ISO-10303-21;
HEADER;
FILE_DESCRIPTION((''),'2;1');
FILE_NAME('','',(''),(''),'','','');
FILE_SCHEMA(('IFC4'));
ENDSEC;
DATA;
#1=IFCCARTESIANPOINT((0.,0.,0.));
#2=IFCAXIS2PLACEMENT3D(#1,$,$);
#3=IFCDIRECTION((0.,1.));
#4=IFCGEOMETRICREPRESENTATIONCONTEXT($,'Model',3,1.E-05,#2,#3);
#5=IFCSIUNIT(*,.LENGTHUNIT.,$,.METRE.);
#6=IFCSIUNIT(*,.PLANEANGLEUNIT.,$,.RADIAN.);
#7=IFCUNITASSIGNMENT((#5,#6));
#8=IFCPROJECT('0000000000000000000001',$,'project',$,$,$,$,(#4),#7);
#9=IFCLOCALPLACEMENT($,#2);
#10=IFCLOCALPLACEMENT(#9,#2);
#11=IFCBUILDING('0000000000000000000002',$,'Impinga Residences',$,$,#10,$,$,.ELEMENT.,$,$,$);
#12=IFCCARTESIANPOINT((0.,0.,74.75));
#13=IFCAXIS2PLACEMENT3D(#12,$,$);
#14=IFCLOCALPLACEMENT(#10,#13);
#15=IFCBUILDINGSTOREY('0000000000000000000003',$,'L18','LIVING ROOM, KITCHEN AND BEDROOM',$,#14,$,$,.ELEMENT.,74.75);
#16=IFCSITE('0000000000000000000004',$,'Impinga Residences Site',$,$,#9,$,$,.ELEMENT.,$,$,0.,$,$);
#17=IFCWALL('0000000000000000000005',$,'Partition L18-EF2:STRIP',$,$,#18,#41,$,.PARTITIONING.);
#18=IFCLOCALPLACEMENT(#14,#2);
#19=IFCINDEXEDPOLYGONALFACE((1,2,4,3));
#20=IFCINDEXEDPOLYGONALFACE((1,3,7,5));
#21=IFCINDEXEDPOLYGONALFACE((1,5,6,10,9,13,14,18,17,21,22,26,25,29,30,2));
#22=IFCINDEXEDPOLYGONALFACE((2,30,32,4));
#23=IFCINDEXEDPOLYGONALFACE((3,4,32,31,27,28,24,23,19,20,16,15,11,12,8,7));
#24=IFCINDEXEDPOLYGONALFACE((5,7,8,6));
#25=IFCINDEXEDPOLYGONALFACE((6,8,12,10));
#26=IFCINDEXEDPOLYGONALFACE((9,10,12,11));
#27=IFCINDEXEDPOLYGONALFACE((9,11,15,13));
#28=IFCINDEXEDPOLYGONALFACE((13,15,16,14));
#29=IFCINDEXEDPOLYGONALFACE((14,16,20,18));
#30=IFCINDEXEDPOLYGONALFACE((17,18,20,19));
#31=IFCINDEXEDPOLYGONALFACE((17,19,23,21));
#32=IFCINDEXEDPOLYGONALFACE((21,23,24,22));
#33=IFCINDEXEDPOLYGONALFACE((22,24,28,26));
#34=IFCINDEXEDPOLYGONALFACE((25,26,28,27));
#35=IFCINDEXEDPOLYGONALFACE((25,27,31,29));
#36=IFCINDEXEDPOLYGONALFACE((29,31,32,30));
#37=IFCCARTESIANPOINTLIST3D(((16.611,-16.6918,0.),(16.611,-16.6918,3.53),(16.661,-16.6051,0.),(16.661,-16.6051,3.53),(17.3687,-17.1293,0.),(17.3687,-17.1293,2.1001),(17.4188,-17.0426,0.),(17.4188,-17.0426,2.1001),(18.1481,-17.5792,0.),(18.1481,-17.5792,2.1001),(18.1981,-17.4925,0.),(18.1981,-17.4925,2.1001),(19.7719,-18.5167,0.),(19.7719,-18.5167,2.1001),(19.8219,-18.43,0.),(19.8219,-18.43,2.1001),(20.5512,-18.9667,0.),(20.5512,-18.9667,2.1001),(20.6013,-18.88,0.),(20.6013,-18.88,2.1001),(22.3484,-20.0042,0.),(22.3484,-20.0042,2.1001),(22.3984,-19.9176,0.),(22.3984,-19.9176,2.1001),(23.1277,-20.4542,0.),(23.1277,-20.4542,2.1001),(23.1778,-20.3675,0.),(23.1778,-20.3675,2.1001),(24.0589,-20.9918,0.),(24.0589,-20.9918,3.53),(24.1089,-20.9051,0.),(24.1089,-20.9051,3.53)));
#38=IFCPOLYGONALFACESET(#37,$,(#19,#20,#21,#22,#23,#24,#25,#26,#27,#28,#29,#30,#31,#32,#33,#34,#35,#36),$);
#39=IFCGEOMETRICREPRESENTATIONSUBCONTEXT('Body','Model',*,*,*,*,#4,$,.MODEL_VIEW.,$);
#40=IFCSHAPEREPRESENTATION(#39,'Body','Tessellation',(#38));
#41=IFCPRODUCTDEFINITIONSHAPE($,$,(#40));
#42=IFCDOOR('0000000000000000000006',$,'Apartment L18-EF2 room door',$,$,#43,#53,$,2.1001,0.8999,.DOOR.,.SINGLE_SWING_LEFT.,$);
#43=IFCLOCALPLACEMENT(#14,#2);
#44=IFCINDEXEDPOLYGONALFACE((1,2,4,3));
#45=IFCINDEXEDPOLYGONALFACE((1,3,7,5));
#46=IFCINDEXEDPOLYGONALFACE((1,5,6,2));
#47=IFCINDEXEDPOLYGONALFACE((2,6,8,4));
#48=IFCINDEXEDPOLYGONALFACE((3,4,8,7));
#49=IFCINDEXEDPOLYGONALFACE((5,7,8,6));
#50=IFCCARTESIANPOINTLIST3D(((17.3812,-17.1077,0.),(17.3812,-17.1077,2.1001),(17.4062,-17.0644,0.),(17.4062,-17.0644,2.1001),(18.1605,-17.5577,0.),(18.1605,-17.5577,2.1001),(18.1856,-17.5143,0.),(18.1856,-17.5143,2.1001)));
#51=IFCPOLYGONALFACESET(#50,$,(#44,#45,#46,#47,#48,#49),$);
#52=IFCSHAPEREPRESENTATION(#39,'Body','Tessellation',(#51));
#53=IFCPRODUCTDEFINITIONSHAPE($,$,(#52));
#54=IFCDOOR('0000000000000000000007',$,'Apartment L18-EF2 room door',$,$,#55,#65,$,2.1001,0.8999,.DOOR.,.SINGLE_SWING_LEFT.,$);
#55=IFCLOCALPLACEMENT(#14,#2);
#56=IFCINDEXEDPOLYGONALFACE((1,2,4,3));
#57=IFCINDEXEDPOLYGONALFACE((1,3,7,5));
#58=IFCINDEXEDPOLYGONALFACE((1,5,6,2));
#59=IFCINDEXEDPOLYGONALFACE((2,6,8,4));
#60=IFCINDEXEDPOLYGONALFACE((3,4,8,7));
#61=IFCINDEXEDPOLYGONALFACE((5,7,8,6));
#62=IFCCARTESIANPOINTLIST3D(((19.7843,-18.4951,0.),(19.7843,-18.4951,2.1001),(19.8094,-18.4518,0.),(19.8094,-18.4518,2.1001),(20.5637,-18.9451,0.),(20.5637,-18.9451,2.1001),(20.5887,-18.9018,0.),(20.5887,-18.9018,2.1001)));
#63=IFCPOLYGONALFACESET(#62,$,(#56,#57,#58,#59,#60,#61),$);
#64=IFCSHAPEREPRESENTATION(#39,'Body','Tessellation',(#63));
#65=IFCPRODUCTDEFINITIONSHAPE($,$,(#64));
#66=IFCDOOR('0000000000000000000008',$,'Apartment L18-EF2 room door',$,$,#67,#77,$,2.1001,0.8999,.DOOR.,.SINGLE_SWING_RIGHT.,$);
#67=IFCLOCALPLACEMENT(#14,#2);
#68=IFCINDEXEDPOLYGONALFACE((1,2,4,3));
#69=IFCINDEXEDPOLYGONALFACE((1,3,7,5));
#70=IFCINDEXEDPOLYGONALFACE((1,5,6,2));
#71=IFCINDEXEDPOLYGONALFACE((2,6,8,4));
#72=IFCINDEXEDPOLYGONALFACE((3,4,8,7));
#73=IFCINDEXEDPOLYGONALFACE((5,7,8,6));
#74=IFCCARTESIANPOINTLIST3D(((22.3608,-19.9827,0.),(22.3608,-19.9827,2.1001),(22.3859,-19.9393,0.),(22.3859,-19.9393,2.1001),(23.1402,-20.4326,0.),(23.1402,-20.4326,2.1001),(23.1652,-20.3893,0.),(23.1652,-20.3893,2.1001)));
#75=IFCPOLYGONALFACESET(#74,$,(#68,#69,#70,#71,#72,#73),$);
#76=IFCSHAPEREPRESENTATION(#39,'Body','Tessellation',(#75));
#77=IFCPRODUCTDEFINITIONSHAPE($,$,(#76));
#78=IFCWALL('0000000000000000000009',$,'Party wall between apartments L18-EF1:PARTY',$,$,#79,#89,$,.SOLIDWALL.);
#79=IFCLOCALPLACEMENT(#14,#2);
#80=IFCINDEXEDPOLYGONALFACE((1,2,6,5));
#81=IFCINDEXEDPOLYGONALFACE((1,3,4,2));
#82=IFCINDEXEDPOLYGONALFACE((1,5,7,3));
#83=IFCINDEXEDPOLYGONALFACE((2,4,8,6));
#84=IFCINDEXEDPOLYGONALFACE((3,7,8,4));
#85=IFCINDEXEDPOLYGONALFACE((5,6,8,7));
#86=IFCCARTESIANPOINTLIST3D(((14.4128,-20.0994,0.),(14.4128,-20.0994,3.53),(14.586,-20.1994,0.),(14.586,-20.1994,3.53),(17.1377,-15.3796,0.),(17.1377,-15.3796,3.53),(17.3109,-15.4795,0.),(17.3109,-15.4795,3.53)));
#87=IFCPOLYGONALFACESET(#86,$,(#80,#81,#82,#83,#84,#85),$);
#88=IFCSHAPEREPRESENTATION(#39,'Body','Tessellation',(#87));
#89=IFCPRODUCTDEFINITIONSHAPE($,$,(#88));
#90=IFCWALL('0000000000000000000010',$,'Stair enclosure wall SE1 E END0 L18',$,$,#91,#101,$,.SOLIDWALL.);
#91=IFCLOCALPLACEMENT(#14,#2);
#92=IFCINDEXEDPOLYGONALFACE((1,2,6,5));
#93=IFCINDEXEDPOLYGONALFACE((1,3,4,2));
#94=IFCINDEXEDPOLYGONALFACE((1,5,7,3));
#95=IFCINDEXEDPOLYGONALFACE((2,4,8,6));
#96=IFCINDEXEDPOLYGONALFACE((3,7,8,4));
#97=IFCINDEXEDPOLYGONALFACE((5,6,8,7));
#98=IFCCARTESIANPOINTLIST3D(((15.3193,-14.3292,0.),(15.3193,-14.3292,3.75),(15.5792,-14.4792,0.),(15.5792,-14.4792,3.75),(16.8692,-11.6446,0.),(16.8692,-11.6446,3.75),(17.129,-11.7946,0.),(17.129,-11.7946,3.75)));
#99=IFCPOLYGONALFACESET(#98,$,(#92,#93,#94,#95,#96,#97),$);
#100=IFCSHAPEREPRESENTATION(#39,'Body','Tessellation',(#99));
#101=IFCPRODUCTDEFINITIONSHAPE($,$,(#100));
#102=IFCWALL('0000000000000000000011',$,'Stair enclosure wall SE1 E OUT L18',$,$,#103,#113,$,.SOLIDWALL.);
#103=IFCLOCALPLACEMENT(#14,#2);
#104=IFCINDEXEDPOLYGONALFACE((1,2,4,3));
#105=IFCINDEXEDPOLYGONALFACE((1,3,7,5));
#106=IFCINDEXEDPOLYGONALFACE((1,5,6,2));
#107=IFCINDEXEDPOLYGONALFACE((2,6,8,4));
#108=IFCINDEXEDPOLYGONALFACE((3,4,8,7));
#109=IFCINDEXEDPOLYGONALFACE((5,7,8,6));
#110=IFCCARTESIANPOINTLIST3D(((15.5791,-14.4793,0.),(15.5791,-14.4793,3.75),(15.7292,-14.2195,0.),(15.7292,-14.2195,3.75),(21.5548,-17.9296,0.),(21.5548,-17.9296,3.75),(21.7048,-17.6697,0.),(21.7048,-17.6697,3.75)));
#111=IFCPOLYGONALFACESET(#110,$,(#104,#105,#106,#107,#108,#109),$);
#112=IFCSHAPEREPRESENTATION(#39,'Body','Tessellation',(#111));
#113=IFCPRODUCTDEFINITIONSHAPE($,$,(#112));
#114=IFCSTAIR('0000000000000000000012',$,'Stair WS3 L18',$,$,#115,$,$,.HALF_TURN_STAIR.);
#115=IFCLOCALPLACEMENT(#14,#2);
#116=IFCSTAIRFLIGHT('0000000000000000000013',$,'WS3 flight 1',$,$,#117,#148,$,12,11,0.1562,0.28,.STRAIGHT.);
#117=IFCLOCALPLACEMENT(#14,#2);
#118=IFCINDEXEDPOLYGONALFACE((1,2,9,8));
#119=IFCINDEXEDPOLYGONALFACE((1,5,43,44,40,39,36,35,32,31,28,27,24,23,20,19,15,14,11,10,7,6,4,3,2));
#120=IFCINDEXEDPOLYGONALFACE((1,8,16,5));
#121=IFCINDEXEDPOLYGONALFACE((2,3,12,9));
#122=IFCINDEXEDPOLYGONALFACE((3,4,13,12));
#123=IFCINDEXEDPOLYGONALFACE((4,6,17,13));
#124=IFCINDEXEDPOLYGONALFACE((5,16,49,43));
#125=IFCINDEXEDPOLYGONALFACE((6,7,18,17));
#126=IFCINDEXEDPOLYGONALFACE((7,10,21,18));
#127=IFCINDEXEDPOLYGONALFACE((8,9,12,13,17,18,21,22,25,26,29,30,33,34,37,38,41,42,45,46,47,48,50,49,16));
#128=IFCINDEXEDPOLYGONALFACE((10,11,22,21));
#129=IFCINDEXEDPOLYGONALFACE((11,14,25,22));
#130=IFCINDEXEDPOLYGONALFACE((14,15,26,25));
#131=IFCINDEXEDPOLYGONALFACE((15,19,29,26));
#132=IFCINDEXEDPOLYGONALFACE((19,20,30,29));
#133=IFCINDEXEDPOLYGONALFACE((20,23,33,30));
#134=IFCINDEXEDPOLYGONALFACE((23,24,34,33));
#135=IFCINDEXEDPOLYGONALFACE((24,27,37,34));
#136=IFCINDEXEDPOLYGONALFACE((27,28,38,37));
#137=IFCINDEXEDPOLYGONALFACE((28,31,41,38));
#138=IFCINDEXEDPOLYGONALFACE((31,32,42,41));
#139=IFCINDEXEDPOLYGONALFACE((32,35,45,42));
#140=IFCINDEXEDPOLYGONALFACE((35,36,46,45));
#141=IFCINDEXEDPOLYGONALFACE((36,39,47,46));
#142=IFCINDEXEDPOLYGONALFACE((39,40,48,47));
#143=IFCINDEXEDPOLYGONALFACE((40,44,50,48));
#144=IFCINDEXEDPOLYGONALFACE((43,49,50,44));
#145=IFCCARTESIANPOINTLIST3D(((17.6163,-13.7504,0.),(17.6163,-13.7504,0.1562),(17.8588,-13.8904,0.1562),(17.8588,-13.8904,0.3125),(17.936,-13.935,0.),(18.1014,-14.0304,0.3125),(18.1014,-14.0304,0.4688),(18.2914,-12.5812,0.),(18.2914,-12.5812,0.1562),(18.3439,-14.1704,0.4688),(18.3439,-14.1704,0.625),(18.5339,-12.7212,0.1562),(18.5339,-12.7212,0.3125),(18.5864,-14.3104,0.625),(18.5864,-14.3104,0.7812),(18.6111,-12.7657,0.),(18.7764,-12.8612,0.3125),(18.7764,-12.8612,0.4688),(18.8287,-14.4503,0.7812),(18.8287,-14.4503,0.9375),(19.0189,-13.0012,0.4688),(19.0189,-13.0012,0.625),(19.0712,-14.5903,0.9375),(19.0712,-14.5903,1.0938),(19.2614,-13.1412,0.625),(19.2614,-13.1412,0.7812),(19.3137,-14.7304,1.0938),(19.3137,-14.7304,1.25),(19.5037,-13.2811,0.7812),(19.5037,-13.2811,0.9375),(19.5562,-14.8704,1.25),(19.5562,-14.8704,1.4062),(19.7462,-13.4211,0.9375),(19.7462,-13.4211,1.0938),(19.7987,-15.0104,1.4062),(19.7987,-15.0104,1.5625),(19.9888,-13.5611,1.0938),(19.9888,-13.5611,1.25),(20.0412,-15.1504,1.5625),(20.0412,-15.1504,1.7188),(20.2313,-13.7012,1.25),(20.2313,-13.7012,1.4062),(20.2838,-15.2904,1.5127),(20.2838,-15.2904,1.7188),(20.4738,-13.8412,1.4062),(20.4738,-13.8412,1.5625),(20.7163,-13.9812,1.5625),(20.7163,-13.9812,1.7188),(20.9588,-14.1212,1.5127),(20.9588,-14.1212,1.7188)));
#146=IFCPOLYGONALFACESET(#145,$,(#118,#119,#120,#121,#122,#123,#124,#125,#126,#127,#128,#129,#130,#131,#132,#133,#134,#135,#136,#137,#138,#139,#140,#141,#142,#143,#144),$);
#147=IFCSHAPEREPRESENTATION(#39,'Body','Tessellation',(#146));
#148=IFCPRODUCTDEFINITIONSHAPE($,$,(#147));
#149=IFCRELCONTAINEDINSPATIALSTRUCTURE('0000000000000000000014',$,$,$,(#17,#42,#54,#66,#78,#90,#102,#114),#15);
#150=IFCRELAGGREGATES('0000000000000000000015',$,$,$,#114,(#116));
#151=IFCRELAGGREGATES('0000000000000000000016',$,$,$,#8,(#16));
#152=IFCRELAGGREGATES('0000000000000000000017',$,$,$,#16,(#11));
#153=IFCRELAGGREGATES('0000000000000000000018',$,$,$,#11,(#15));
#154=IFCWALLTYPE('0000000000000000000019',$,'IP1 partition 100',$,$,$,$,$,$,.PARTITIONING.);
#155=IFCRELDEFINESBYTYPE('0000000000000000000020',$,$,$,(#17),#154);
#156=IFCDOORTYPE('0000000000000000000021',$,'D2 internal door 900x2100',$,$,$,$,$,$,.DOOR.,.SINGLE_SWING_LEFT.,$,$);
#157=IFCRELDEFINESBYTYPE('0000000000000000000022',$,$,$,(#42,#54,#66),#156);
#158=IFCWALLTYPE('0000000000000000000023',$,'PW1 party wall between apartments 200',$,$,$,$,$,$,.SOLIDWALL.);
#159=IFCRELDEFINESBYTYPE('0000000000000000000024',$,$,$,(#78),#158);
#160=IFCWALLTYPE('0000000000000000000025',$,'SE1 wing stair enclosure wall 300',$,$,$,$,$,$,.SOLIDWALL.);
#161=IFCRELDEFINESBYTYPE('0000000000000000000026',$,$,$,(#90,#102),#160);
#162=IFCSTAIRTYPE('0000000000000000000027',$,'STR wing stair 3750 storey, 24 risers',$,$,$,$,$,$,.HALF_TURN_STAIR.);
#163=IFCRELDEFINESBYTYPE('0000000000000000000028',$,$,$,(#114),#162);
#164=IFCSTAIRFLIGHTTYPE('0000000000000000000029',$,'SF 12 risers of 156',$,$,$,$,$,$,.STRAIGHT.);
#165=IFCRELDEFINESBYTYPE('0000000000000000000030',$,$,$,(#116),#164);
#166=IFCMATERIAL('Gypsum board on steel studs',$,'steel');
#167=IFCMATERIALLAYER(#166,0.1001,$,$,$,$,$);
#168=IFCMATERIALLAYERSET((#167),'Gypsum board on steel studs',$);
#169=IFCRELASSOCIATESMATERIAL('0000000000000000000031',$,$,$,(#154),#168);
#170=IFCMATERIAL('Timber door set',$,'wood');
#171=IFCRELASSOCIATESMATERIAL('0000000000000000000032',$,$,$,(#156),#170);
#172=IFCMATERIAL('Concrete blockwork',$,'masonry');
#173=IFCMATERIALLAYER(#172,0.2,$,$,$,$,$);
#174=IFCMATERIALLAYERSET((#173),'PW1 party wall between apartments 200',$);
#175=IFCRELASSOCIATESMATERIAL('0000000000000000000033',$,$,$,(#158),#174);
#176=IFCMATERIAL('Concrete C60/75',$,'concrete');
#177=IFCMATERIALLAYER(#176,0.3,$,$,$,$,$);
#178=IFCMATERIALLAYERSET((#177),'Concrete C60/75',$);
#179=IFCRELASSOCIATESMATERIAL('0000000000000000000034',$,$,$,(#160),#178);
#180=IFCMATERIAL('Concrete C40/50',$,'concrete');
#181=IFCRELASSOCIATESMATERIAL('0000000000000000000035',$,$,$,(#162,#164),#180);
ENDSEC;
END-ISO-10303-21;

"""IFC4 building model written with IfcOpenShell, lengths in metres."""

from ifc_helpers import new_model, si_unit, direction, frame, frame_2d, origin, place, context, subcontext, project, spatial, polyline, rectangle, outline, extrude, material, layer, layer_set, type_object, element, fill, aggregate, save


model = new_model("IFC4")

# Units and contexts
model_context = context("Model", 3, precision=1e-05, world=origin(), true_north=direction((0.0, 1.0)))
body_context = subcontext(model_context, "Body", "Model", "MODEL_VIEW")
ifc_project = project(units=[si_unit("LENGTHUNIT", "METRE"), si_unit("PLANEANGLEUNIT", "RADIAN")], contexts=[model_context])

# Site, building, storey
site_placement = place(None, origin())
site = spatial("IfcSite", under=ifc_project, at=site_placement, Name="Impinga Residences Site", CompositionType="ELEMENT", RefElevation=0.0)
building_placement = place(site_placement, origin())
building = spatial("IfcBuilding", under=site, at=building_placement, Name="Impinga Residences", CompositionType="ELEMENT")
storey_placement = place(building_placement, frame((0.0, 0.0, 74.75)))
storey = spatial("IfcBuildingStorey", under=building, at=storey_placement, Name="L18", Description="LIVING ROOM, KITCHEN AND BEDROOM", CompositionType="ELEMENT", Elevation=74.75)

# Shared definitions
ifc_material_1 = material(Name="Concrete C60/75", Category="concrete")

# Shared definitions
ifc_material_2 = material(Name="Gypsum board on steel studs", Category="steel")
ifc_layer_1 = layer(ifc_material_2, 0.1001)
ifc_layer_set_1 = layer_set([ifc_layer_1], Name="Gypsum board on steel studs")
wall_type_1 = type_object("IfcWallType", Name="IP1 partition 100", PredefinedType="PARTITIONING", material=ifc_layer_set_1)

# Shared definitions
ifc_material_3 = material(Name="Timber door set", Category="wood")
door_type = type_object("IfcDoorType", Name="D2 internal door 900x2100", OperationType="SINGLE_SWING_LEFT", PredefinedType="DOOR", material=ifc_material_3)

# Wall, openings, doors
wall_1_placement = place(storey_placement, frame((16.636, -16.6484, 0.0), z_axis=(0.0, 0.0, 1.0), x_axis=(0.866028, -0.499995, 0.0)))
wall_1 = element("IfcWall", 1, at=wall_1_placement, inside=storey, type_object=wall_type_1, Name="Partition L18-EF2:STRIP", PredefinedType="PARTITIONING", context=body_context, shape_type="SweptSolid", body=[
    extrude(rectangle(XDim=8.6001, YDim=0.1001, at=frame_2d((4.3, 0.0))), origin(), (0.0, 0.0, 1.0), 3.53),
])
opening_1_placement = place(wall_1_placement, frame((0.875, 0.0, 0.0)))
opening_1 = element("IfcOpeningElement", 2, at=opening_1_placement, cuts=wall_1, PredefinedType="OPENING", context=body_context, shape_type="SweptSolid", body=[
    extrude(rectangle(XDim=0.8999, YDim=2.1001, at=frame_2d((0.45, 1.05))), frame((0.0, 0.0601, 0.0), z_axis=(0.0, -1.0, 0.0), x_axis=(1.0, 0.0, 0.0)), (0.0, 0.0, 1.0), 0.1201),
])
opening_2_placement = place(wall_1_placement, frame((3.6499, 0.0, 0.0)))
opening_2 = element("IfcOpeningElement", 3, at=opening_2_placement, cuts=wall_1, PredefinedType="OPENING", context=body_context, shape_type="SweptSolid", body=[
    extrude(rectangle(XDim=0.8999, YDim=2.1001, at=frame_2d((0.45, 1.05))), frame((0.0, 0.0601, 0.0), z_axis=(0.0, -1.0, 0.0), x_axis=(1.0, 0.0, 0.0)), (0.0, 0.0, 1.0), 0.1201),
])
opening_3_placement = place(wall_1_placement, frame((6.625, 0.0, 0.0)))
opening_3 = element("IfcOpeningElement", 4, at=opening_3_placement, cuts=wall_1, PredefinedType="OPENING", context=body_context, shape_type="SweptSolid", body=[
    extrude(rectangle(XDim=0.8999, YDim=2.1001, at=frame_2d((0.45, 1.05))), frame((0.0, 0.0601, 0.0), z_axis=(0.0, -1.0, 0.0), x_axis=(1.0, 0.0, 0.0)), (0.0, 0.0, 1.0), 0.1201),
])
door_1_placement = place(opening_1_placement, origin())
door_1 = element("IfcDoor", 5, at=door_1_placement, inside=storey, type_object=door_type, Name="Apartment L18-EF2 room door", OperationType="SINGLE_SWING_LEFT", OverallHeight=2.1001, OverallWidth=0.8999, PredefinedType="DOOR", context=body_context, shape_type="SweptSolid", body=[
    extrude(rectangle(XDim=0.8999, YDim=2.1001, at=frame_2d((0.45, 1.05))), frame((0.0, 0.0249, 0.0), z_axis=(0.0, -1.0, 0.0), x_axis=(1.0, 0.0, 0.0)), (0.0, 0.0, 1.0), 0.05),
])
fill(opening_1, door_1)
door_2_placement = place(opening_2_placement, origin())
door_2 = element("IfcDoor", 6, at=door_2_placement, inside=storey, type_object=door_type, Name="Apartment L18-EF2 room door", OperationType="SINGLE_SWING_LEFT", OverallHeight=2.1001, OverallWidth=0.8999, PredefinedType="DOOR", context=body_context, shape_type="SweptSolid", body=[
    extrude(rectangle(XDim=0.8999, YDim=2.1001, at=frame_2d((0.45, 1.05))), frame((0.0, 0.0249, 0.0), z_axis=(0.0, -1.0, 0.0), x_axis=(1.0, 0.0, 0.0)), (0.0, 0.0, 1.0), 0.05),
])
fill(opening_2, door_2)
door_3_placement = place(opening_3_placement, origin())
door_3 = element("IfcDoor", 7, at=door_3_placement, inside=storey, type_object=door_type, Name="Apartment L18-EF2 room door", OperationType="SINGLE_SWING_RIGHT", OverallHeight=2.1001, OverallWidth=0.8999, PredefinedType="DOOR", context=body_context, shape_type="SweptSolid", body=[
    extrude(rectangle(XDim=0.8999, YDim=2.1001, at=frame_2d((0.45, 1.05))), frame((0.0, 0.0249, 0.0), z_axis=(0.0, -1.0, 0.0), x_axis=(1.0, 0.0, 0.0)), (0.0, 0.0, 1.0), 0.05),
])
fill(opening_3, door_3)

# Walls
ifc_material_4 = material(Name="Concrete blockwork", Category="masonry")
ifc_layer_2 = layer(ifc_material_4, 0.2)
ifc_layer_set_2 = layer_set([ifc_layer_2], Name="PW1 party wall between apartments 200")
wall_type_2 = type_object("IfcWallType", Name="PW1 party wall between apartments 200", PredefinedType="SOLIDWALL", material=ifc_layer_set_2)
wall_2_placement = place(storey_placement, frame((17.2244, -15.4294, 0.0), z_axis=(0.0, 0.0, 1.0), x_axis=(-0.499989, -0.866032, 0.0)))
element("IfcWall", 8, at=wall_2_placement, inside=storey, type_object=wall_type_2, Name="Party wall between apartments L18-EF1:PARTY", PredefinedType="SOLIDWALL", context=body_context, shape_type="SweptSolid", body=[
    extrude(rectangle(XDim=5.45, YDim=0.2, at=frame_2d((2.7251, 0.0))), origin(), (0.0, 0.0, 1.0), 3.53),
])
ifc_layer_3 = layer(ifc_material_1, 0.3)
ifc_layer_set_3 = layer_set([ifc_layer_3], Name="Concrete C60/75")
wall_type_3 = type_object("IfcWallType", Name="SE1 wing stair enclosure wall 300", PredefinedType="SOLIDWALL", material=ifc_layer_set_3)
wall_3_placement = place(storey_placement, frame((16.999, -11.7197, 0.0), z_axis=(0.0, 0.0, 1.0), x_axis=(-0.499968, -0.866044, 0.0)))
element("IfcWall", 9, at=wall_3_placement, inside=storey, type_object=wall_type_3, Name="Stair enclosure wall SE1 E END0 L18", PredefinedType="SOLIDWALL", context=body_context, shape_type="SweptSolid", body=[
    extrude(rectangle(XDim=3.0999, YDim=0.3, at=frame_2d((1.5498, 0.0))), origin(), (0.0, 0.0, 1.0), 3.75),
])
wall_4_placement = place(storey_placement, frame((15.6541, -14.3494, 0.0), z_axis=(0.0, 0.0, 1.0), x_axis=(0.866014, -0.500021, 0.0)))
element("IfcWall", 10, at=wall_4_placement, inside=storey, type_object=wall_type_3, Name="Stair enclosure wall SE1 E OUT L18", PredefinedType="SOLIDWALL", context=body_context, shape_type="SweptSolid", body=[
    extrude(rectangle(XDim=6.9001, YDim=0.3, at=frame_2d((3.4502, 0.0))), origin(), (0.0, 0.0, 1.0), 3.75),
])

# Stair, stair flight
ifc_material_5 = material(Name="Concrete C40/50", Category="concrete")
stair_type = type_object("IfcStairType", Name="STR wing stair 3750 storey, 24 risers", PredefinedType="HALF_TURN_STAIR", material=ifc_material_5)
stair_placement = place(storey_placement, origin())
stair = element("IfcStair", 11, at=stair_placement, inside=storey, type_object=stair_type, Name="Stair WS3 L18", PredefinedType="HALF_TURN_STAIR")
stair_flight_type = type_object("IfcStairFlightType", Name="SF 12 risers of 156", PredefinedType="STRAIGHT", material=ifc_material_5)
stair_flight_placement = place(storey_placement, frame((17.9539, -13.1658, 0.0), z_axis=(0.0, 0.0, 1.0), x_axis=(0.866025, -0.5, 0.0)))
stair_flight = element("IfcStairFlight", 12, at=stair_flight_placement, type_object=stair_flight_type, Name="WS3 flight 1", NumberOfRisers=12, NumberOfTreads=11, PredefinedType="STRAIGHT", RiserHeight=0.1562, TreadLength=0.28, context=body_context, shape_type="SweptSolid", body=[
    extrude(outline(polyline([(0.0, 0.0), (0.0, 0.1562), (0.28, 0.1562), (0.28, 0.3125), (0.5601, 0.3125), (0.5601, 0.4688), (0.8401, 0.4688), (0.8401, 0.625), (1.1201, 0.625), (1.1201, 0.7812), (1.3999, 0.7812), (1.3999, 0.9375), (1.6799, 0.9375), (1.6799, 1.0938), (1.96, 1.0938), (1.96, 1.25), (2.24, 1.25), (2.24, 1.4062), (2.52, 1.4062), (2.52, 1.5625), (2.8, 1.5625), (2.8, 1.7188), (3.0801, 1.7188), (3.0801, 1.875), (3.0801, 1.5127), (0.3691, 0.0), (0.0, 0.0)])), frame((0.0, 0.675, 0.0), z_axis=(0.0, -1.0, 0.0), x_axis=(1.0, 0.0, 0.0)), (0.0, 0.0, 1.0), 1.3501),
])
aggregate(stair, [stair_flight])

save(model, "model.ifc")
